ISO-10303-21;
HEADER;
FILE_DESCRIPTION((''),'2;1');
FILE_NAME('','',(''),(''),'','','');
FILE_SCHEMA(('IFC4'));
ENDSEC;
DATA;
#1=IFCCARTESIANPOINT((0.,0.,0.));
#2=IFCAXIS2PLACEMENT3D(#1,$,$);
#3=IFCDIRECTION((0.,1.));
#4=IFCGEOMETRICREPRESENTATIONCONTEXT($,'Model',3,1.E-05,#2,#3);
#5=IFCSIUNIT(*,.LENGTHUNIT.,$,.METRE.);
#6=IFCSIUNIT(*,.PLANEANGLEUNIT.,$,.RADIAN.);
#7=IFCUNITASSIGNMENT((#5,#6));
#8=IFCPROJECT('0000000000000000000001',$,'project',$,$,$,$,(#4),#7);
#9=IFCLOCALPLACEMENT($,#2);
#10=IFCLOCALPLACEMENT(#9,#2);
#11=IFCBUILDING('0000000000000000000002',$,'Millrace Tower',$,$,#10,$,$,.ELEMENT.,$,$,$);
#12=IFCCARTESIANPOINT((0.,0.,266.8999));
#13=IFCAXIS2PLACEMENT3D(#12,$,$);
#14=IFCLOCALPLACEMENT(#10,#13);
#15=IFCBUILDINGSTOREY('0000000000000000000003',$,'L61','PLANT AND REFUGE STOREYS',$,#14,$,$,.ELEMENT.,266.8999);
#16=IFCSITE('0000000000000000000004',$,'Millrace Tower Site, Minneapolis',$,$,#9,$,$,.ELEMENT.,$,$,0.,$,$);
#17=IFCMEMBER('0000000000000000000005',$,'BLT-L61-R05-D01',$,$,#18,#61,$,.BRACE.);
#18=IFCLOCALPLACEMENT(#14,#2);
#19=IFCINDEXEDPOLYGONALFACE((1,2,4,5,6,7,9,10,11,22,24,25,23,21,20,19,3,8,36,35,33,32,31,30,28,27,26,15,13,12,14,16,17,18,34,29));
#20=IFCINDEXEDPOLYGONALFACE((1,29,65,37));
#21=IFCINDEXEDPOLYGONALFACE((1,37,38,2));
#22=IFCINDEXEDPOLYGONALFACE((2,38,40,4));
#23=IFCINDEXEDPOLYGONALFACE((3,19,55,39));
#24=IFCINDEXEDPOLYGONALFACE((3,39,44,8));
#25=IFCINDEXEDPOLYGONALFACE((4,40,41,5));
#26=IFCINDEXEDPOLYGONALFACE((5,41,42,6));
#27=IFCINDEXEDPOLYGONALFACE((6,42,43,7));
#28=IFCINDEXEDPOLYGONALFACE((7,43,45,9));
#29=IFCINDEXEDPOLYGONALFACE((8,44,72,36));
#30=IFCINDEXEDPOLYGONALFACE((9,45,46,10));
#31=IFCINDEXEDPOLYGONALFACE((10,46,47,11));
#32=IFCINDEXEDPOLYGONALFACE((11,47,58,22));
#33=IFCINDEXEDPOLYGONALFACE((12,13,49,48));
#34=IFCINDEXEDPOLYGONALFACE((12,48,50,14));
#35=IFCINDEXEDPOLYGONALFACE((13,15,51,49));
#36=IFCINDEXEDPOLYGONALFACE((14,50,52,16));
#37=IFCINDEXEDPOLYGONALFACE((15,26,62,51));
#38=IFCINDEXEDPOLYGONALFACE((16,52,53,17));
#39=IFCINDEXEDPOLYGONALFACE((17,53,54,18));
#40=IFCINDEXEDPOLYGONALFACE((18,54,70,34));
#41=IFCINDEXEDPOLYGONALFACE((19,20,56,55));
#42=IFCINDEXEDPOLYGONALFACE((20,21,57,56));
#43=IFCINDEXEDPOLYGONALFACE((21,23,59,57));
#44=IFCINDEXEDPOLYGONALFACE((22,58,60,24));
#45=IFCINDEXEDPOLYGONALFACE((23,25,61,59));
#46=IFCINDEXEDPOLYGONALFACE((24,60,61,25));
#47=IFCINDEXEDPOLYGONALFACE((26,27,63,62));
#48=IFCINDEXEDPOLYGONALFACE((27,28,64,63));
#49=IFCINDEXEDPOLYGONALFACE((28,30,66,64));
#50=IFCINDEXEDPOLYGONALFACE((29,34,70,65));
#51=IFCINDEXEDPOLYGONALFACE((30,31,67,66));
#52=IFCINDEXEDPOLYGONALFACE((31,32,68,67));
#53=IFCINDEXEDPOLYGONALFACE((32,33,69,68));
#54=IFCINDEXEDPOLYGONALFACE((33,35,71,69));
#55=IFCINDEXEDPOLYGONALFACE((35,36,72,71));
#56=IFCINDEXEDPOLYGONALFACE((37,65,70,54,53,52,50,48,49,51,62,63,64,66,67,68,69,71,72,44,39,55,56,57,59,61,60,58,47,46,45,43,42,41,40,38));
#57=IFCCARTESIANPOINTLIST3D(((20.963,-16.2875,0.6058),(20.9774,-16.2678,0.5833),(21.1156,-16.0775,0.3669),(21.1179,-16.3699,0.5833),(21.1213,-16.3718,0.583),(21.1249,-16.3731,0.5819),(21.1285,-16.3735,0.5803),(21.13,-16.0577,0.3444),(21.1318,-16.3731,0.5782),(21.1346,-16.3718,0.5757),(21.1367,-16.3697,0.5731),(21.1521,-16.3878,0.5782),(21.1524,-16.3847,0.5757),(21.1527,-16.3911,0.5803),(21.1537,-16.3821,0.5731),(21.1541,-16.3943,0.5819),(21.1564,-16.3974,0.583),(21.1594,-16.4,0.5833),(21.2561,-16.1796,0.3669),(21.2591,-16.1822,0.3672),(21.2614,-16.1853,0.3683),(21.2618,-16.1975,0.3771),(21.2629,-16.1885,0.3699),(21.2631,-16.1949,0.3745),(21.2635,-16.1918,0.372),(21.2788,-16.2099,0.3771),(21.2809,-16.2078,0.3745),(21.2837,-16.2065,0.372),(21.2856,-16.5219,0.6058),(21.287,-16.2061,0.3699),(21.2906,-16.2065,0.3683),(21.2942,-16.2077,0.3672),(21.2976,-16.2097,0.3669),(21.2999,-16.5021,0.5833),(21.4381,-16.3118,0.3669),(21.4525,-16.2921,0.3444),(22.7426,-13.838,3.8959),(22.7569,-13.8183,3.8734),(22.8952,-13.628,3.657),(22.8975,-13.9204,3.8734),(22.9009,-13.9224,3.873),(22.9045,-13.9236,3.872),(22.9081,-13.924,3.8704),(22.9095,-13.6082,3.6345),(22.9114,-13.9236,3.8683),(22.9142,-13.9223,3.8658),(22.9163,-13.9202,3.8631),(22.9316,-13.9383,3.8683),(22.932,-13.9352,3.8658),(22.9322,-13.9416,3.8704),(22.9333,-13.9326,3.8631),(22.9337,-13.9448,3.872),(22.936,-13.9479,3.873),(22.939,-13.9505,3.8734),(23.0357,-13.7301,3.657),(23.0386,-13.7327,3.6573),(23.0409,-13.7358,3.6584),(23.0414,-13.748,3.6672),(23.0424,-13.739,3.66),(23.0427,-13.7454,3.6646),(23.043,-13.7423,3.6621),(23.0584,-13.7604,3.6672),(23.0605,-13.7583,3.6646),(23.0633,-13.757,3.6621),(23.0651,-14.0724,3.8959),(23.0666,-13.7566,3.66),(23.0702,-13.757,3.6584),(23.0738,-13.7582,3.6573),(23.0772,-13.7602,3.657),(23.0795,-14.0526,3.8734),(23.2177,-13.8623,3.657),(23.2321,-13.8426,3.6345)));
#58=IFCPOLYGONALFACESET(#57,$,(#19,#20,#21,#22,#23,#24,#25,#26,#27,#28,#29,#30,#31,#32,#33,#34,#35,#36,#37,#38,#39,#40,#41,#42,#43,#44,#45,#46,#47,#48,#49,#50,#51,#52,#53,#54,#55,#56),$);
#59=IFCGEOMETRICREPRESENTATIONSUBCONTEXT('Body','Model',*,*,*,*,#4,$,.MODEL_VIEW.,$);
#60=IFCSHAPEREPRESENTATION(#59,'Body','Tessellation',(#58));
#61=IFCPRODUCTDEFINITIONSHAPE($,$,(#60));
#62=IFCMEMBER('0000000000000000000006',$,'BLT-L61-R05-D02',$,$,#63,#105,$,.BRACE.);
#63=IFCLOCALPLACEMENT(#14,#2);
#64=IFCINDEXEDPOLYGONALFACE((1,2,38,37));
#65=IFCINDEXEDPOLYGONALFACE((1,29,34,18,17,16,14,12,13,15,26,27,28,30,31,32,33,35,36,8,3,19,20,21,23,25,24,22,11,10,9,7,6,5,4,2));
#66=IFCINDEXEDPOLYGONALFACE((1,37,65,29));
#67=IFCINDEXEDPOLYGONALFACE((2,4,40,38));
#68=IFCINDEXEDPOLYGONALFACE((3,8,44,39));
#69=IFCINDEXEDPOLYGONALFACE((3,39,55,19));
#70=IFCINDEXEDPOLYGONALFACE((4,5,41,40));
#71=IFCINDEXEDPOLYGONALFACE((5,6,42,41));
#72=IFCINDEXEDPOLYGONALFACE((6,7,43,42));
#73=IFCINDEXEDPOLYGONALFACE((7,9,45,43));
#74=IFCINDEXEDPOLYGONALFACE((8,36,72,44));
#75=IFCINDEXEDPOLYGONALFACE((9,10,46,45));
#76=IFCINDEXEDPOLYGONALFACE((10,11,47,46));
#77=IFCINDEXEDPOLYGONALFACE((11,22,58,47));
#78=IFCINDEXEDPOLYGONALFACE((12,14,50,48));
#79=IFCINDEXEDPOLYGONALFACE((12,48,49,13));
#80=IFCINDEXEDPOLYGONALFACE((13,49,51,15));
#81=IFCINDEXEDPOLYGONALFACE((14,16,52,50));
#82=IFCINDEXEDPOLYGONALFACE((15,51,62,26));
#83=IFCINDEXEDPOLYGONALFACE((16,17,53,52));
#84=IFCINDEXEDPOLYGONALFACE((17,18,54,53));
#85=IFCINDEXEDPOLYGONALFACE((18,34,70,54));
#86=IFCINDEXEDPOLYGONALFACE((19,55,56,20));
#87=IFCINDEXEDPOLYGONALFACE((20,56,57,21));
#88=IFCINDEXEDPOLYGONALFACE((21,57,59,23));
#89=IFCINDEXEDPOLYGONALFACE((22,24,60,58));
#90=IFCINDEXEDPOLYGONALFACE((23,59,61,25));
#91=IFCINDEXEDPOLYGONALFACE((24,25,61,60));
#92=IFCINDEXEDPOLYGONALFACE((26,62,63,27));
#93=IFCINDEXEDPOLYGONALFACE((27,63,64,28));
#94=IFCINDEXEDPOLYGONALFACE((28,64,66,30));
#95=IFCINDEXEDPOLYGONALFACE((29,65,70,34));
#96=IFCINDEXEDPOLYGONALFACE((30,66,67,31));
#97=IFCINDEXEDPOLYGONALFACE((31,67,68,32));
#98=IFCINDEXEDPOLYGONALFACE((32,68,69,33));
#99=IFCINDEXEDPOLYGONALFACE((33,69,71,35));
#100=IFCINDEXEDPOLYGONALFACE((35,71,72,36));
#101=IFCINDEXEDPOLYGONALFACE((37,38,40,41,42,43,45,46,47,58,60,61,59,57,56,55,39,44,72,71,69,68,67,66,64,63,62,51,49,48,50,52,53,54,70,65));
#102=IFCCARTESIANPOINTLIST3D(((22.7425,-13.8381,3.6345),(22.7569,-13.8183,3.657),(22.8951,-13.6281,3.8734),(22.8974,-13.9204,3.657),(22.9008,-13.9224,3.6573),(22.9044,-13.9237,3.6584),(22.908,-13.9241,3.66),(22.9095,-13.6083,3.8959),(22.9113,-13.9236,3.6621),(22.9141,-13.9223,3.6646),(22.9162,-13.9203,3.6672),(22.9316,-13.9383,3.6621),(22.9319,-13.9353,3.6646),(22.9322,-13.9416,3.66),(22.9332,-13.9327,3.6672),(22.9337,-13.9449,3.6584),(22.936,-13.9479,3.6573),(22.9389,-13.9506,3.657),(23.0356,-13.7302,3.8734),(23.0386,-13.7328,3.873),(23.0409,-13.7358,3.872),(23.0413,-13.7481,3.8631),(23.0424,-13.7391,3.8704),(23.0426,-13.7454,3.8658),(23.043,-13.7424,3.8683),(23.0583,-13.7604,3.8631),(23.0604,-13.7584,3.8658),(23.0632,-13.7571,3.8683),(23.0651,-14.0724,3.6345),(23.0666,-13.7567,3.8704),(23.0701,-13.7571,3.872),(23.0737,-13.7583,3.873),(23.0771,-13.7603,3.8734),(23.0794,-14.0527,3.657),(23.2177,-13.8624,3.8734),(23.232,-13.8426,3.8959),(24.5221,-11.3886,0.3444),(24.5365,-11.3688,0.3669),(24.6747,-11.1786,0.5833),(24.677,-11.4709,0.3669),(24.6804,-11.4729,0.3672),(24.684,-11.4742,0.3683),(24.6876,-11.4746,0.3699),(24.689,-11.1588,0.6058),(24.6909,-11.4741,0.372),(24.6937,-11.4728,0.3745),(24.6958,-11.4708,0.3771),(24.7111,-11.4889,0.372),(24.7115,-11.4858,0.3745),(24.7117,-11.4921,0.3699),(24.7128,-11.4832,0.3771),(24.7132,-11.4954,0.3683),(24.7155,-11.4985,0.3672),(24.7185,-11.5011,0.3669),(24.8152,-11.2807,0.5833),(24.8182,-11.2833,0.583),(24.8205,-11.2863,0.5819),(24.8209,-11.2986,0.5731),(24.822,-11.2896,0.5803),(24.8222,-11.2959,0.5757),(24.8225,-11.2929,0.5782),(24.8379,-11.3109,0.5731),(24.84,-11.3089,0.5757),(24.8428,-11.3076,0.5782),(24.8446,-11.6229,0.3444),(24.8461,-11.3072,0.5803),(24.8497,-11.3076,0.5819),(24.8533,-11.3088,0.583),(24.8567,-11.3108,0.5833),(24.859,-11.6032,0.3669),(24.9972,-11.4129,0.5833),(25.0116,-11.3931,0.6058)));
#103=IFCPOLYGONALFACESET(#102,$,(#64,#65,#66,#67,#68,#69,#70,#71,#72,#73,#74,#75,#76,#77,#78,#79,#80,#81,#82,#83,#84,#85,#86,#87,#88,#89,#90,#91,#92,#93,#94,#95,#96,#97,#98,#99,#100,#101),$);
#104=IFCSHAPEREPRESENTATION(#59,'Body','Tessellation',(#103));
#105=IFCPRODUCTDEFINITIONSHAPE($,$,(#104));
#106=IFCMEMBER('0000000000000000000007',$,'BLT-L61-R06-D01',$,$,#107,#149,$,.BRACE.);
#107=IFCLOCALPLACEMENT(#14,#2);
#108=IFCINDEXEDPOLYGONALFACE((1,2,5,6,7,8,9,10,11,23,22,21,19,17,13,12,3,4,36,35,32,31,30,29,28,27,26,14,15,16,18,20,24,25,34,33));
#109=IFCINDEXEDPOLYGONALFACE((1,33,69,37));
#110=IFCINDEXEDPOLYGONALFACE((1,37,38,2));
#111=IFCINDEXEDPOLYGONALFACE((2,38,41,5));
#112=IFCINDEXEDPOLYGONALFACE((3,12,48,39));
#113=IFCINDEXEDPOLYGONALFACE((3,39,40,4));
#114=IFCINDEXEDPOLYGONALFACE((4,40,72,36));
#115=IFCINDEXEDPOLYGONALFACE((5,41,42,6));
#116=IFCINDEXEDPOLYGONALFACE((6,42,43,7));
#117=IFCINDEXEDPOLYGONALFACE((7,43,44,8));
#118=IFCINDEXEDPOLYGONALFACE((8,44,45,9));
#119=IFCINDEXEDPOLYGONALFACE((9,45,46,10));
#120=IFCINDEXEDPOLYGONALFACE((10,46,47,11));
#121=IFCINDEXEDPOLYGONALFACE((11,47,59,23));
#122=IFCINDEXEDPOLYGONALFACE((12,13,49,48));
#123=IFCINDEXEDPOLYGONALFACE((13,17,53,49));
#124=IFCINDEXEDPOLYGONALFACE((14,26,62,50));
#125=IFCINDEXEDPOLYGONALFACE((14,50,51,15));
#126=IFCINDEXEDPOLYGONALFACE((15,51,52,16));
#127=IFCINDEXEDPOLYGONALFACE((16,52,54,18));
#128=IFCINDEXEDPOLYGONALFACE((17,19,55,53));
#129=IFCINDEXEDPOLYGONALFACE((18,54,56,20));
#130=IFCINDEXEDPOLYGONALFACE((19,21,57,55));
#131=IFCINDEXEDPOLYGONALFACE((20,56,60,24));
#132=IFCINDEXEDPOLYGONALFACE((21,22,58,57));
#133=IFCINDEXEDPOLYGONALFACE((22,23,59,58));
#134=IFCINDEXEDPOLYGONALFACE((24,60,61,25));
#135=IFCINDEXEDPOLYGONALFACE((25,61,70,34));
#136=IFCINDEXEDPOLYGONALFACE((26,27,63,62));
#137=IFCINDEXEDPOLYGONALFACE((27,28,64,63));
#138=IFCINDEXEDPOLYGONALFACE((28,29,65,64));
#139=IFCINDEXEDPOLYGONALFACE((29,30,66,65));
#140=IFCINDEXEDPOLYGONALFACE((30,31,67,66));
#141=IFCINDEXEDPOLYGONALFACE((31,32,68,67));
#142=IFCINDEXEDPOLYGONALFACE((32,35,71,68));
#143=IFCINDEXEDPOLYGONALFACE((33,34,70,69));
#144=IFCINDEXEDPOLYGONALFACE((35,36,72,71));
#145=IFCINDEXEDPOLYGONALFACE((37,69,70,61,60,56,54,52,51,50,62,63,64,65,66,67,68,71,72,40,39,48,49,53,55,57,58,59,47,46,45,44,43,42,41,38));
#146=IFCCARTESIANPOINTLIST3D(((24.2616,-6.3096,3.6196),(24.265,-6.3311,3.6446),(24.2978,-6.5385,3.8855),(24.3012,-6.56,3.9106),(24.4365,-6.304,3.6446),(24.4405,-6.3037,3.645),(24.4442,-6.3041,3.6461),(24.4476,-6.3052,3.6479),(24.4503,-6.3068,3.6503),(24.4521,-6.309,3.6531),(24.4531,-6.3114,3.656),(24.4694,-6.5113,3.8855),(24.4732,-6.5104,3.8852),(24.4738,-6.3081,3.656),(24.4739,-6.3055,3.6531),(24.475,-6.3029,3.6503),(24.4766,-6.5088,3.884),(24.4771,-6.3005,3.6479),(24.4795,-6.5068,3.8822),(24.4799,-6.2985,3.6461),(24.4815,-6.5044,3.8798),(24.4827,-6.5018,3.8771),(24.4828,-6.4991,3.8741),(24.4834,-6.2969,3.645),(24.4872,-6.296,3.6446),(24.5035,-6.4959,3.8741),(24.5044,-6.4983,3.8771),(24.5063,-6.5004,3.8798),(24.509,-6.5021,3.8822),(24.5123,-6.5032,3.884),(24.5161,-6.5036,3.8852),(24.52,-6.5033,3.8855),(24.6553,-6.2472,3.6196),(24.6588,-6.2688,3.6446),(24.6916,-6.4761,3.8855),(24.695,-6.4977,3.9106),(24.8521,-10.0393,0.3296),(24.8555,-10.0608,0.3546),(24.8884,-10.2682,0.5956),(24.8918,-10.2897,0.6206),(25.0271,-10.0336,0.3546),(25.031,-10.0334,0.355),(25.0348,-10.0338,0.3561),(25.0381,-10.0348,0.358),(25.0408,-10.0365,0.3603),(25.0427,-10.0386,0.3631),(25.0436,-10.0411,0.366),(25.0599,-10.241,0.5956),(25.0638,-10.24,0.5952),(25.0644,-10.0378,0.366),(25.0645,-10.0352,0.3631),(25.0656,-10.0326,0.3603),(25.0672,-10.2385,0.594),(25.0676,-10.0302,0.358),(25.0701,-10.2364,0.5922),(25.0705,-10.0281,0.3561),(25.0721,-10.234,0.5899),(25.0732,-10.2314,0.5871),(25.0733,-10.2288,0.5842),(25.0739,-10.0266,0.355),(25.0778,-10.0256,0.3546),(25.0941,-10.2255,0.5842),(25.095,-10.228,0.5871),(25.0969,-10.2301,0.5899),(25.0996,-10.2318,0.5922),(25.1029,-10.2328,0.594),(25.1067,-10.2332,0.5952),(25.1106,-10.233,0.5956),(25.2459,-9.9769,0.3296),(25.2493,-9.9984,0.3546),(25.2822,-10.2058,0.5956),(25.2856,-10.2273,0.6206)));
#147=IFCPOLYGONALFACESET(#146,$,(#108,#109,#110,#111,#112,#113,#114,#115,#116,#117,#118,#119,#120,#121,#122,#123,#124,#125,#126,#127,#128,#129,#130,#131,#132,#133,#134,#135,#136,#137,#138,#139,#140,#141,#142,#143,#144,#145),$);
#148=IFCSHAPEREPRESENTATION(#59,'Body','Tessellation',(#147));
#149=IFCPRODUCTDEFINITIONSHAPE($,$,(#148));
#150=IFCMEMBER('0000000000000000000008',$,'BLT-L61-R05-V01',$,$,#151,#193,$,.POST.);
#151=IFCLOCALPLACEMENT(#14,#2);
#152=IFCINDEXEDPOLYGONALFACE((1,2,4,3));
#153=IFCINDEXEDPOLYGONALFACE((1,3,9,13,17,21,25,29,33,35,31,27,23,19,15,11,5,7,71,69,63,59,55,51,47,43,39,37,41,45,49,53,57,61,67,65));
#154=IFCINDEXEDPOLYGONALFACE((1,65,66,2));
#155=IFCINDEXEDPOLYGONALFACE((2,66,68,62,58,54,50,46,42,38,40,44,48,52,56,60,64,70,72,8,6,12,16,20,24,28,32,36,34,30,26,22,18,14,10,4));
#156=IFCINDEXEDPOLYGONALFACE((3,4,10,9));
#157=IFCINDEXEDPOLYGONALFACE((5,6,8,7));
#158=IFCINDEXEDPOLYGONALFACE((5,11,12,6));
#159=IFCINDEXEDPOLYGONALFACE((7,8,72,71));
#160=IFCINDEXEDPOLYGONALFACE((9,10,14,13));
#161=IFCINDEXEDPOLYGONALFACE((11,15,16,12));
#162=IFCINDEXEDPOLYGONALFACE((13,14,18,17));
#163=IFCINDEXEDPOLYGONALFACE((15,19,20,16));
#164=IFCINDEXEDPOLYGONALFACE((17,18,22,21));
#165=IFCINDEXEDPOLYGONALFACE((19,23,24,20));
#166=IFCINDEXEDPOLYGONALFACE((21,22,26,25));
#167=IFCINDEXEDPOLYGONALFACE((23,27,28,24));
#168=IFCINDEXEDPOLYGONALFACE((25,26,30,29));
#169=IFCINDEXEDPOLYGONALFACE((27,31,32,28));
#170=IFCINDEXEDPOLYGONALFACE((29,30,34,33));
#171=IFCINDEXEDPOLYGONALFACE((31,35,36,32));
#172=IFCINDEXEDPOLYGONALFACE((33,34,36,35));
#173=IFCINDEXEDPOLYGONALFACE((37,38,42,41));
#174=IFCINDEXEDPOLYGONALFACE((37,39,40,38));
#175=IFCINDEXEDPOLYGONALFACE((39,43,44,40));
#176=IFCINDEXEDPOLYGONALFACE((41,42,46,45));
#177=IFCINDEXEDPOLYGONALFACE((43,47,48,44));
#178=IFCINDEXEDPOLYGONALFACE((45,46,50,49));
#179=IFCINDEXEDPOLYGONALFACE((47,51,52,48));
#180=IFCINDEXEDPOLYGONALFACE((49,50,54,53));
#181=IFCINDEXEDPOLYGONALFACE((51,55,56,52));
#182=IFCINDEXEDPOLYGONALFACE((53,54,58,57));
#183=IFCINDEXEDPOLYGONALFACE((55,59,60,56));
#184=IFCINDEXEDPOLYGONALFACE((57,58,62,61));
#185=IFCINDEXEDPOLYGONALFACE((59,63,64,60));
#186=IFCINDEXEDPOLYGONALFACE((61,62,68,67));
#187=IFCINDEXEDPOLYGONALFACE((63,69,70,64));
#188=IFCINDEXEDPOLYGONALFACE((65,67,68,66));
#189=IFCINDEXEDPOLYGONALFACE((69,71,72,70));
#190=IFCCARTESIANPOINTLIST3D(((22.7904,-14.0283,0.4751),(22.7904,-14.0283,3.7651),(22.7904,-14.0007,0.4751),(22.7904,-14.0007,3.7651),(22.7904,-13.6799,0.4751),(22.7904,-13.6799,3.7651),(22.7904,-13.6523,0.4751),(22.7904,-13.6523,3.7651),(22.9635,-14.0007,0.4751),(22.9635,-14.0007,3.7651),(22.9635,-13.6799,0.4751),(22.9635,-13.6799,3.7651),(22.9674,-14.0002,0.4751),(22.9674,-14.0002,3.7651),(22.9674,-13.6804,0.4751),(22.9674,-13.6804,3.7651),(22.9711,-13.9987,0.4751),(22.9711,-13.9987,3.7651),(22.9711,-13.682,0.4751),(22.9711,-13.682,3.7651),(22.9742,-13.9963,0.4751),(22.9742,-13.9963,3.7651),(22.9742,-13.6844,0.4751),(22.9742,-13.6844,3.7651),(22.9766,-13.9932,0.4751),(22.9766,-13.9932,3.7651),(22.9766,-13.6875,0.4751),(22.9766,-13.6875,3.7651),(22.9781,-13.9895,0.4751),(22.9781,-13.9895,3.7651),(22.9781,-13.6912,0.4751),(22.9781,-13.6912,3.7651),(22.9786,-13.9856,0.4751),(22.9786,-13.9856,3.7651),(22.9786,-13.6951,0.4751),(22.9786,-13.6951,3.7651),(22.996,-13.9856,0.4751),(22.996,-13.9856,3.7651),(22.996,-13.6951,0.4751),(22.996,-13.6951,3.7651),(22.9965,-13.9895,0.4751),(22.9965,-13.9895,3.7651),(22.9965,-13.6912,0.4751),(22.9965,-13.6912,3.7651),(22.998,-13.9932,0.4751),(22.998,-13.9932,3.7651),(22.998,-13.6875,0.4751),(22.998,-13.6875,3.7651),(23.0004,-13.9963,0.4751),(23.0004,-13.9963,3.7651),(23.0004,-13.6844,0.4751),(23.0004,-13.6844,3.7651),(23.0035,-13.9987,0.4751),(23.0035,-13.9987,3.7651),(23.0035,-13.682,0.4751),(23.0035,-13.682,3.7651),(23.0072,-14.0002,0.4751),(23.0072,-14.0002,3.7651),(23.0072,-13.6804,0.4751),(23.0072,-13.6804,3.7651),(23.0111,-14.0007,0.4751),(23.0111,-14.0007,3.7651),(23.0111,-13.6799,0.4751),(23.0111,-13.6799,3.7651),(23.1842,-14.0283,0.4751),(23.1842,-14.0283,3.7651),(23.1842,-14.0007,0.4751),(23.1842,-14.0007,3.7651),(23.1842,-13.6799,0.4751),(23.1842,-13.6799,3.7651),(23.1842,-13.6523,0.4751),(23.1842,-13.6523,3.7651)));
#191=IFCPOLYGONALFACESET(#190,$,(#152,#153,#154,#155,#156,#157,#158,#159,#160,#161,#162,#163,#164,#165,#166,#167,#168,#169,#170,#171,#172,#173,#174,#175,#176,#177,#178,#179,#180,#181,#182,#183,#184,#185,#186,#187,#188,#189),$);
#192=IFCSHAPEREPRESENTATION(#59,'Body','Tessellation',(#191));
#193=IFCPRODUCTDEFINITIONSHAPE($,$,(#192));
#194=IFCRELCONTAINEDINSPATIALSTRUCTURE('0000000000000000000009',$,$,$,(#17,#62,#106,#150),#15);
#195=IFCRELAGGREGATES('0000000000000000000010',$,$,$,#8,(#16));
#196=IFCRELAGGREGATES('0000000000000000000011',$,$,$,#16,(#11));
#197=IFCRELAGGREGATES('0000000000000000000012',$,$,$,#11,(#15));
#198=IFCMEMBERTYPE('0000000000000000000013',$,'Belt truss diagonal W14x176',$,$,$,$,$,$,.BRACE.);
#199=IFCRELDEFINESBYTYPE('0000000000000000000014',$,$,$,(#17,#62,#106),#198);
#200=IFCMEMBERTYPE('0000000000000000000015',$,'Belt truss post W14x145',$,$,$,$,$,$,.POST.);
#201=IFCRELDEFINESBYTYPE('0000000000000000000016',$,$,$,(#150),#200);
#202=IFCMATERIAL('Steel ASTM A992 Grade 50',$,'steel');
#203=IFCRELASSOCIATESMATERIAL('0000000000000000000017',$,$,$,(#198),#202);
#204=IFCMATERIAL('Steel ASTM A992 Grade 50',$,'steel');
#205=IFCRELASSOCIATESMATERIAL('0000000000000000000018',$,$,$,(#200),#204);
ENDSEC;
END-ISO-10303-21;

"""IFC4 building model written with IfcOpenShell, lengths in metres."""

from ifc_helpers import new_model, si_unit, direction, frame, origin, origin_2d, place, context, subcontext, project, spatial, i_section, extrude, material, material_profile, profile_set, type_object, element, save


model = new_model("IFC4")

# Units and contexts
model_context = context("Model", 3, precision=1e-05, world=origin(), true_north=direction((0.0, 1.0)))
body_context = subcontext(model_context, "Body", "Model", "MODEL_VIEW")
ifc_project = project(units=[si_unit("LENGTHUNIT", "METRE"), si_unit("PLANEANGLEUNIT", "RADIAN")], contexts=[model_context])

# Site, building, storey
site_placement = place(None, origin())
site = spatial("IfcSite", under=ifc_project, at=site_placement, Name="Millrace Tower Site, Minneapolis", CompositionType="ELEMENT", RefElevation=0.0)
building_placement = place(site_placement, origin())
building = spatial("IfcBuilding", under=site, at=building_placement, Name="Millrace Tower", CompositionType="ELEMENT")
storey_placement = place(building_placement, frame((0.0, 0.0, 266.8999)))
storey = spatial("IfcBuildingStorey", under=building, at=storey_placement, Name="L61", Description="PLANT AND REFUGE STOREYS", CompositionType="ELEMENT", Elevation=266.8999)

# Members
ifc_material_1 = material(Name="Steel ASTM A992 Grade 50", Category="steel")
ifc_material_profile_1 = material_profile(ifc_material_1, i_section(OverallWidth=0.3987, OverallDepth=0.386, WebThickness=0.021, FlangeThickness=0.0332, FilletRadius=0.0151, at=origin_2d()))
ifc_profile_set_1 = profile_set([ifc_material_profile_1], Name="Steel ASTM A992 Grade 50")
member_type_1 = type_object("IfcMemberType", Name="Belt truss diagonal W14x176", PredefinedType="BRACE", material=ifc_profile_set_1)
for number, where, z_axis, x_axis, name in (
    (1, (21.2078, -16.2898, 0.4751), (0.398007, 0.54784, 0.735841), (-0.809032, 0.587764, 0.0), "BLT-L61-R05-D01"),
    (2, (24.7668, -11.3909, 0.4751), (-0.398007, -0.54784, 0.735841), (0.809032, -0.587764, 0.0), "BLT-L61-R05-D02"),
):
    element("IfcMember", number, at=place(storey_placement, frame(where, z_axis=z_axis, x_axis=x_axis)), inside=storey, type_object=member_type_1, Name=name, PredefinedType="BRACE", context=body_context, shape_type="SweptSolid", body=[
        extrude(i_section(OverallWidth=0.3987, OverallDepth=0.386, WebThickness=0.021, FlangeThickness=0.0332, FilletRadius=0.0151, at=origin_2d()), origin(), (0.0, 0.0, 1.0), 4.4712),
    ])
member_1_placement = place(storey_placement, frame((25.0688, -10.1333, 0.4751), z_axis=(-0.117917, 0.744696, 0.656904), x_axis=(-0.987695, -0.156394, 0.0)))
element("IfcMember", 3, at=member_1_placement, inside=storey, type_object=member_type_1, Name="BLT-L61-R06-D01", PredefinedType="BRACE", context=body_context, shape_type="SweptSolid", body=[
    extrude(i_section(OverallWidth=0.3987, OverallDepth=0.386, WebThickness=0.021, FlangeThickness=0.0332, FilletRadius=0.0151, at=origin_2d()), origin(), (0.0, 0.0, 1.0), 5.0083),
])
ifc_material_2 = material(Name="Steel ASTM A992 Grade 50", Category="steel")
ifc_material_profile_2 = material_profile(ifc_material_2, i_section(OverallWidth=0.3938, OverallDepth=0.376, WebThickness=0.0173, FlangeThickness=0.0276, FilletRadius=0.0151, at=origin_2d()))
ifc_profile_set_2 = profile_set([ifc_material_profile_2], Name="Steel ASTM A992 Grade 50")
member_type_2 = type_object("IfcMemberType", Name="Belt truss post W14x145", PredefinedType="POST", material=ifc_profile_set_2)
member_2_placement = place(storey_placement, frame((22.9873, -13.8403, 0.4751), z_axis=(0.0, 0.0, 1.0), x_axis=(1.0, 0.0, 0.0)))
element("IfcMember", 4, at=member_2_placement, inside=storey, type_object=member_type_2, Name="BLT-L61-R05-V01", PredefinedType="POST", context=body_context, shape_type="SweptSolid", body=[
    extrude(i_section(OverallWidth=0.3938, OverallDepth=0.376, WebThickness=0.0173, FlangeThickness=0.0276, FilletRadius=0.0151, at=origin_2d()), origin(), (0.0, 0.0, 1.0), 3.29),
])

save(model, "model.ifc")
